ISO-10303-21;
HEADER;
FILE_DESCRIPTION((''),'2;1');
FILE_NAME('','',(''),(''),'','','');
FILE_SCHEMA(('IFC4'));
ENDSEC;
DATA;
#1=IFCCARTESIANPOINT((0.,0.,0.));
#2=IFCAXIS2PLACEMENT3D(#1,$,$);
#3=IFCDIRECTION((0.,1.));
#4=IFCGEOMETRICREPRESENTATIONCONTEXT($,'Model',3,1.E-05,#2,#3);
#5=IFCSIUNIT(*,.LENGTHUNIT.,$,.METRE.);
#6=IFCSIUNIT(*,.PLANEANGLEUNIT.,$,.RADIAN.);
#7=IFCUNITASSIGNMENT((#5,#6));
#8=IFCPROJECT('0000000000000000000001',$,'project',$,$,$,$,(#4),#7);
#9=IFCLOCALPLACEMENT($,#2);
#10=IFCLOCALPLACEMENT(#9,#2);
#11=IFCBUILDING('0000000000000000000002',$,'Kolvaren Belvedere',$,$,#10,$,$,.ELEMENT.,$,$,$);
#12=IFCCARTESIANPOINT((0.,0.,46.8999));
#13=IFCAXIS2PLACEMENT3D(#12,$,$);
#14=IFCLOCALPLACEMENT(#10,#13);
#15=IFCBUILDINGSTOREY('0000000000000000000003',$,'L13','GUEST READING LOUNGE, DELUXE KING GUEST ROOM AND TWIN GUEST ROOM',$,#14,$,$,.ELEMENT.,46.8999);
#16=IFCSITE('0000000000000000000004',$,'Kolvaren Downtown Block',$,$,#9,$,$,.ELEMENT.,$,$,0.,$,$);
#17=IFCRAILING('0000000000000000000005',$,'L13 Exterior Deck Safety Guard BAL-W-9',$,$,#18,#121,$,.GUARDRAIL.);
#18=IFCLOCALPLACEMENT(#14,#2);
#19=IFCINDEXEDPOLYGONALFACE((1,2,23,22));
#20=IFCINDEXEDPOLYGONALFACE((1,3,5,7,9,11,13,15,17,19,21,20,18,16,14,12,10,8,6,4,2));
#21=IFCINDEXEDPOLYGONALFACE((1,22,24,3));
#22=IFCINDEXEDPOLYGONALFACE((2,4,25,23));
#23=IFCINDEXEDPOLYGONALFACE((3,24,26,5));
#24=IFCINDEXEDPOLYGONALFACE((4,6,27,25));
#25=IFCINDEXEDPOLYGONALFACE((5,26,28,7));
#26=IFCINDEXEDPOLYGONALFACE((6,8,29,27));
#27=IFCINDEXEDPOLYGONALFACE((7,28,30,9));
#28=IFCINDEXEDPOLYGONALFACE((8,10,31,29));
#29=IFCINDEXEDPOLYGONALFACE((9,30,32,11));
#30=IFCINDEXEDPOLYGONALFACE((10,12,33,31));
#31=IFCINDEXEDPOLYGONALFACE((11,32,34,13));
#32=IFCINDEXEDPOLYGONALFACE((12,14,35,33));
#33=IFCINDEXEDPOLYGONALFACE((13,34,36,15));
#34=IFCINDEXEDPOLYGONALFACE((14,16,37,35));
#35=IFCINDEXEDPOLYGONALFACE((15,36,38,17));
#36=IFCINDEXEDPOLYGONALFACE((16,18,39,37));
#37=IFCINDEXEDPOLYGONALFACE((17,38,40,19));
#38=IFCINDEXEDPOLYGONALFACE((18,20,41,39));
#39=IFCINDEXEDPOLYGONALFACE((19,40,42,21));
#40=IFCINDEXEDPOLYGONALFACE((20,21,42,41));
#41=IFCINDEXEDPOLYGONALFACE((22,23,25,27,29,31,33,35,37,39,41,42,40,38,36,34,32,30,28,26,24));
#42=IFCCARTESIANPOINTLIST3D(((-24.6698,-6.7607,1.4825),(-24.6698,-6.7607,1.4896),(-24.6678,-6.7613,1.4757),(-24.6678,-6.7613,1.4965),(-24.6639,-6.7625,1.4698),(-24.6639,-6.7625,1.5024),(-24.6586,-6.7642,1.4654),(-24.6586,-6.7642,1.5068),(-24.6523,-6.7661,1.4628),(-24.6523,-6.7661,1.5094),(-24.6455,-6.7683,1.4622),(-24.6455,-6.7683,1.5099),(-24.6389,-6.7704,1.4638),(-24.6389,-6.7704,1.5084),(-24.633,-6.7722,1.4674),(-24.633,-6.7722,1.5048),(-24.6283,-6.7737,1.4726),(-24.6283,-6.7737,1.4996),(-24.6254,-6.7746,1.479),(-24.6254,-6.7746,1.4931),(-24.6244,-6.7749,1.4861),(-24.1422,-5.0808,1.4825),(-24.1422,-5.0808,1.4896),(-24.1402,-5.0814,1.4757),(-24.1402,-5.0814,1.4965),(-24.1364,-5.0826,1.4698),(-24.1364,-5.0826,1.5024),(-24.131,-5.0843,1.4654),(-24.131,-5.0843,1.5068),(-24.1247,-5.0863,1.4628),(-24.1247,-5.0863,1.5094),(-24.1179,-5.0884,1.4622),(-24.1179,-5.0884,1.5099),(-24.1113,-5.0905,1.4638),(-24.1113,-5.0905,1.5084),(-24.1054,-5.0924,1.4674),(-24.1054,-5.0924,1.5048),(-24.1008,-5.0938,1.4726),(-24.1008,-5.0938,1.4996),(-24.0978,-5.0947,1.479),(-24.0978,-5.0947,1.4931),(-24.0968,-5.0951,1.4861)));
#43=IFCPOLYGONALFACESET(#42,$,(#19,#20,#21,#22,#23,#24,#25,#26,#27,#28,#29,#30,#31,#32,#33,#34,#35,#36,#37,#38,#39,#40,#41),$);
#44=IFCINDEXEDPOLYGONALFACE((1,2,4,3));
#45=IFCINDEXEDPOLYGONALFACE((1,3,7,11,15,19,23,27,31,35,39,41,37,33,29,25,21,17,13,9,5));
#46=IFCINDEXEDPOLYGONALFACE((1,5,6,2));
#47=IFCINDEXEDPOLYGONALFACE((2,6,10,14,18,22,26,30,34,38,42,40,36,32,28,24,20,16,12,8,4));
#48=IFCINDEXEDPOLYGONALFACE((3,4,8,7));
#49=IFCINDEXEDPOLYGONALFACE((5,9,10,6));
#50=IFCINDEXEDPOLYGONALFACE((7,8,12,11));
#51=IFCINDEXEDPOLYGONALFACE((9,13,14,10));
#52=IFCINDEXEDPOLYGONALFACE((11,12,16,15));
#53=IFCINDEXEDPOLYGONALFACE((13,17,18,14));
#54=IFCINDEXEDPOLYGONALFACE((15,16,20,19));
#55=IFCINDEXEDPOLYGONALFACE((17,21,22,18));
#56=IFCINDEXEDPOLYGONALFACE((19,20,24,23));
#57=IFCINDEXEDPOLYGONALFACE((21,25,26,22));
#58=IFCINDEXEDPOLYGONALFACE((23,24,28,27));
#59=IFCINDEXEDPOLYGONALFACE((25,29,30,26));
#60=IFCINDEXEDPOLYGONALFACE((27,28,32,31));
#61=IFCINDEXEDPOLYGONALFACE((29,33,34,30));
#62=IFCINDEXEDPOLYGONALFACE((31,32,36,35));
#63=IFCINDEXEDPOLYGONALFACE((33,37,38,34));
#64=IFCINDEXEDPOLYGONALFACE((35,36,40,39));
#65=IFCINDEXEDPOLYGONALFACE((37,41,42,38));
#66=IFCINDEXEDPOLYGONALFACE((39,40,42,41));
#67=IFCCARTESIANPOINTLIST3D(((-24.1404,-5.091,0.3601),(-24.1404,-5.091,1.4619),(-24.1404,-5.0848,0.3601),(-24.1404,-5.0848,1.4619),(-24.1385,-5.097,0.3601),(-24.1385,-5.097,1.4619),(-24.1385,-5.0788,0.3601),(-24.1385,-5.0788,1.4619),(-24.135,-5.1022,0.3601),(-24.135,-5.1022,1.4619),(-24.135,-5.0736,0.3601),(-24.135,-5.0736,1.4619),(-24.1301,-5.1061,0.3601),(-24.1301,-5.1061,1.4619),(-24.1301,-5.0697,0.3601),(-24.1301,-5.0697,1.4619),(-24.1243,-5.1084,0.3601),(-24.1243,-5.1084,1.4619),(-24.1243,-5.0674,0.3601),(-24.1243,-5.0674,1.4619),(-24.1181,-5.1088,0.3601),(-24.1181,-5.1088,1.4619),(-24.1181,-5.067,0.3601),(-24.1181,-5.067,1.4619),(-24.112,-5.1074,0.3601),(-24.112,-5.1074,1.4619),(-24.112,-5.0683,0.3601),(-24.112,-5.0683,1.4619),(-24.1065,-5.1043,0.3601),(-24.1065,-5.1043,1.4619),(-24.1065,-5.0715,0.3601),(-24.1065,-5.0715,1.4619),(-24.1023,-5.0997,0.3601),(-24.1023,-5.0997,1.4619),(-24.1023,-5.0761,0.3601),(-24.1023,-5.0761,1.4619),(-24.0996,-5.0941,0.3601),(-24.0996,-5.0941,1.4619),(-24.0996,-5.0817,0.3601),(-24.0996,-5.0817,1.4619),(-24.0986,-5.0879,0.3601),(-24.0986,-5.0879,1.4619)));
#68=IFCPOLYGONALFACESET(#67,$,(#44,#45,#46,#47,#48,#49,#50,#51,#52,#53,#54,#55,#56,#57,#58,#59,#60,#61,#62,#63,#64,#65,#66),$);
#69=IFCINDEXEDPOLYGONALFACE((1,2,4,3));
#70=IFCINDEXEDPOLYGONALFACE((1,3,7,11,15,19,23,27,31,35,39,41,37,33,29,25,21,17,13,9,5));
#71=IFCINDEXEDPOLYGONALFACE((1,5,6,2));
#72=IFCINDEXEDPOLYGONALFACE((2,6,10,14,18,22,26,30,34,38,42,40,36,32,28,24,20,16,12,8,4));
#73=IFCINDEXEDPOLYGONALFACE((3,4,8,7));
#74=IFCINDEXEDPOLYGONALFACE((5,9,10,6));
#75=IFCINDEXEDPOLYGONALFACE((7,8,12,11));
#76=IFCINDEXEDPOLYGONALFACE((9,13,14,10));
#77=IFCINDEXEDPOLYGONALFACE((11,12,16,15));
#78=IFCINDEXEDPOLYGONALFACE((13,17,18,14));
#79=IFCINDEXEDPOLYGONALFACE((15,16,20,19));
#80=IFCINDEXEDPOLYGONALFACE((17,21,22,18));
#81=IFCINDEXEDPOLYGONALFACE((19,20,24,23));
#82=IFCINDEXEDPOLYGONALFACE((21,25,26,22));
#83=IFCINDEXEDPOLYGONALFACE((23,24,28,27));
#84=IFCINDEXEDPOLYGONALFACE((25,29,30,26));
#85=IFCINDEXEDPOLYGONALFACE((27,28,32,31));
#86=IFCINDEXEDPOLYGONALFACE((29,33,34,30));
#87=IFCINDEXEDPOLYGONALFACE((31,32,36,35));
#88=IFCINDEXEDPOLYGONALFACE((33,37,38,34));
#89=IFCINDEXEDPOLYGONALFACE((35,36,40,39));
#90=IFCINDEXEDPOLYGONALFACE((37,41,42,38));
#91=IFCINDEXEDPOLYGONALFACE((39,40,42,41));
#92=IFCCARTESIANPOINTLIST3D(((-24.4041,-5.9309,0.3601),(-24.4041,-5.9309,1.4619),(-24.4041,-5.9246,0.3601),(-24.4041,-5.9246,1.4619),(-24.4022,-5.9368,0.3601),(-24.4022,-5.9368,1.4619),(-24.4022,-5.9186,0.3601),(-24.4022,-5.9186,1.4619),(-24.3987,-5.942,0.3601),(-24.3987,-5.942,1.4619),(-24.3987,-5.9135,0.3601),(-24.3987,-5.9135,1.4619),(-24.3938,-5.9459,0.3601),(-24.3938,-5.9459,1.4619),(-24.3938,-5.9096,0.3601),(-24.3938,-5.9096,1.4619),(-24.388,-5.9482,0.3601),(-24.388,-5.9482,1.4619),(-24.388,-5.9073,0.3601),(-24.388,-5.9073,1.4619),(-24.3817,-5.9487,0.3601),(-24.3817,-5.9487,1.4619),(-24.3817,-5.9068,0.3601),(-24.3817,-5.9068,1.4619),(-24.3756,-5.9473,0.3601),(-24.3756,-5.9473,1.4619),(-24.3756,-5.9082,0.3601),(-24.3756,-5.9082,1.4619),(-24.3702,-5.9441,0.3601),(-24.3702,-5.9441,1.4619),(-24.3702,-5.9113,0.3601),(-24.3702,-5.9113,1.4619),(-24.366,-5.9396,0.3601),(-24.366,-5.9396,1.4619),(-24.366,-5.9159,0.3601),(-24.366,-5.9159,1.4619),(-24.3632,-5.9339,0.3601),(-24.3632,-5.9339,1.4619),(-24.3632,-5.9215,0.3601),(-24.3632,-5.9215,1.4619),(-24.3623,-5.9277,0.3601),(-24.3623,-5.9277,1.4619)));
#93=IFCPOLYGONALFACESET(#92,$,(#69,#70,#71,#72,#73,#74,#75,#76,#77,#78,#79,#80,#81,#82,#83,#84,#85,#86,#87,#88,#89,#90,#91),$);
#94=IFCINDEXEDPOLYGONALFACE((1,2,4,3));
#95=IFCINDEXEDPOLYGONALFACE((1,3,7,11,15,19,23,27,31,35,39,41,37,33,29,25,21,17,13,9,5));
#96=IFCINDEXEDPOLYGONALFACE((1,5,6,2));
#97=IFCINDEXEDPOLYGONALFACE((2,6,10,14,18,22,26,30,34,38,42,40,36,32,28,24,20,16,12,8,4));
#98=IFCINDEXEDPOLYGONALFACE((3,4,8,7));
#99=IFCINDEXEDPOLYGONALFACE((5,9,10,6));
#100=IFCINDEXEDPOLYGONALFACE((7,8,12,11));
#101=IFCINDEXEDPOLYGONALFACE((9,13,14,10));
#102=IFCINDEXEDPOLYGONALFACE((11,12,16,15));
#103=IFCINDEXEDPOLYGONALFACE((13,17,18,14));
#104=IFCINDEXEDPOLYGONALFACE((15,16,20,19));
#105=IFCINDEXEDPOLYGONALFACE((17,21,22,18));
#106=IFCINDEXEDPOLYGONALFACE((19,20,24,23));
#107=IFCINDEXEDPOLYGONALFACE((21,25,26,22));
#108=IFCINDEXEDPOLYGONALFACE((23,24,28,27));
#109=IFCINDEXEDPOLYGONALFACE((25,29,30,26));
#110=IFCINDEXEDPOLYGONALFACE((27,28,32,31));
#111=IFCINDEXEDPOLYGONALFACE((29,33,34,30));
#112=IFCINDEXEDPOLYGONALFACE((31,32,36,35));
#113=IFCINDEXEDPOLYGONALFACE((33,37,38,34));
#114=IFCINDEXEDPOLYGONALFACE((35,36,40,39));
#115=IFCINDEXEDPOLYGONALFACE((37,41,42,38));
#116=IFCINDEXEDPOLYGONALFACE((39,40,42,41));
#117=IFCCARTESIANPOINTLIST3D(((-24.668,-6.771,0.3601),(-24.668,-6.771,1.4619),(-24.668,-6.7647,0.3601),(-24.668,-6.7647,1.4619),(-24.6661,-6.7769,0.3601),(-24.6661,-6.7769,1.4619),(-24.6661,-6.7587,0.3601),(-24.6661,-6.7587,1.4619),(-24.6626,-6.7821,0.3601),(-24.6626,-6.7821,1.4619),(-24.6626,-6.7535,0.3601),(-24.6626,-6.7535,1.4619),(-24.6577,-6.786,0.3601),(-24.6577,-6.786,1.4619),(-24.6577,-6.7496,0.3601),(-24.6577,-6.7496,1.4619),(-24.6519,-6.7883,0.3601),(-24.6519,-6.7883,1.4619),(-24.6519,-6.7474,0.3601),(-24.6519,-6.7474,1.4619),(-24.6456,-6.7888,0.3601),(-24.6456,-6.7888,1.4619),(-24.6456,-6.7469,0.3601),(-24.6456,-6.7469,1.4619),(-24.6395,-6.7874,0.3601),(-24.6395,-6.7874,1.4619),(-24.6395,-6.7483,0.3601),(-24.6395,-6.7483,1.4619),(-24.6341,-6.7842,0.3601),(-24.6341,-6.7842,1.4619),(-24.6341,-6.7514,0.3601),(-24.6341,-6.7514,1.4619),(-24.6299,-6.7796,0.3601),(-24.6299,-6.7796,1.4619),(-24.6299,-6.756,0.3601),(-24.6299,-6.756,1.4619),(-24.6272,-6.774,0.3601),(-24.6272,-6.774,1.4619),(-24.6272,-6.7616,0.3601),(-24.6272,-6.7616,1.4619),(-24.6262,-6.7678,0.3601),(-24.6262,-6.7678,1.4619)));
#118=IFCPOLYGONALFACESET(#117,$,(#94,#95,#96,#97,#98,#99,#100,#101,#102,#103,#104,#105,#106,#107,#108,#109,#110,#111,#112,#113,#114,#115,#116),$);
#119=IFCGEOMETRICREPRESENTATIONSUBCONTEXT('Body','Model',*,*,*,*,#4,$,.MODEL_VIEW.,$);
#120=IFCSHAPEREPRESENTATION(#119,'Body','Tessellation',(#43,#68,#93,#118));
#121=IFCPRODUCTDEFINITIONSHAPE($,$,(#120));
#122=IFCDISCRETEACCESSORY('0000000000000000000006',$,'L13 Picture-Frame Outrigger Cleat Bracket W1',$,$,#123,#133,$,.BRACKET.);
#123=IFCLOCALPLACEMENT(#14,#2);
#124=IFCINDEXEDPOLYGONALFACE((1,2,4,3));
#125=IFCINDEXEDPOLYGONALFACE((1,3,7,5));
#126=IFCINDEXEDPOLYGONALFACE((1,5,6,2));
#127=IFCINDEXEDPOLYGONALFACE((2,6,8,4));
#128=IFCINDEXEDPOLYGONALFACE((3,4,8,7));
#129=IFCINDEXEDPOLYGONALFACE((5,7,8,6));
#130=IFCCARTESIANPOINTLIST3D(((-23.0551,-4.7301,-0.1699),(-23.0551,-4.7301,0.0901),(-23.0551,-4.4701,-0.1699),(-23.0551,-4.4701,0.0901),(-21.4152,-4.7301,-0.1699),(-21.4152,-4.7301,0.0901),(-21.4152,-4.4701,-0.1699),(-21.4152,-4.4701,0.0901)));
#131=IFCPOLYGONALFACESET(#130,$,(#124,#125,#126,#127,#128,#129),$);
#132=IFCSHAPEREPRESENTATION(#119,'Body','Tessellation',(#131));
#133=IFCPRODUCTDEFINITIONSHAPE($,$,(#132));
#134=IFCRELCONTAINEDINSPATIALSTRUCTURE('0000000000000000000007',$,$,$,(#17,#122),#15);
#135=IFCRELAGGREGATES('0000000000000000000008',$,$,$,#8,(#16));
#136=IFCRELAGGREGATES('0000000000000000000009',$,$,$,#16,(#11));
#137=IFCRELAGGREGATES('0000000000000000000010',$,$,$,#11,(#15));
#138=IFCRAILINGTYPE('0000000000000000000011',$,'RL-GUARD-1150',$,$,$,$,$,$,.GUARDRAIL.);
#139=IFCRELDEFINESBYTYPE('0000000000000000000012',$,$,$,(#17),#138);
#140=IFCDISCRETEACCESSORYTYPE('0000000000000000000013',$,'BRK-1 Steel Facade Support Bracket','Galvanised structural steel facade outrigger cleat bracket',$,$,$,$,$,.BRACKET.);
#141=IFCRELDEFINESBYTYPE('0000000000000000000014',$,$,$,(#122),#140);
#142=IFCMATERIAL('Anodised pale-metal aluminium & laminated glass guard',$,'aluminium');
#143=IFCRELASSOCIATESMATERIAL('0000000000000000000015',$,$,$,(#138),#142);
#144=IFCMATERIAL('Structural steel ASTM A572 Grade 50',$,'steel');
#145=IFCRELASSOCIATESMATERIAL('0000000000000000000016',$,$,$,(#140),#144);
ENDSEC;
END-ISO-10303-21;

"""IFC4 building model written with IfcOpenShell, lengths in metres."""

from ifc_helpers import new_model, si_unit, direction, frame, origin, origin_2d, place, context, subcontext, project, spatial, rectangle, circle, extrude, material, type_object, element, save


model = new_model("IFC4")

# Units and contexts
model_context = context("Model", 3, precision=1e-05, world=origin(), true_north=direction((0.0, 1.0)))
body_context = subcontext(model_context, "Body", "Model", "MODEL_VIEW")
ifc_project = project(units=[si_unit("LENGTHUNIT", "METRE"), si_unit("PLANEANGLEUNIT", "RADIAN")], contexts=[model_context])

# Site, building, storey
site_placement = place(None, origin())
site = spatial("IfcSite", under=ifc_project, at=site_placement, Name="Kolvaren Downtown Block", CompositionType="ELEMENT", RefElevation=0.0)
building_placement = place(site_placement, origin())
building = spatial("IfcBuilding", under=site, at=building_placement, Name="Kolvaren Belvedere", CompositionType="ELEMENT")
storey_placement = place(building_placement, frame((0.0, 0.0, 46.8999)))
storey = spatial("IfcBuildingStorey", under=building, at=storey_placement, Name="L13", Description="GUEST READING LOUNGE, DELUXE KING GUEST ROOM AND TWIN GUEST ROOM", CompositionType="ELEMENT", Elevation=46.8999)

# Railing
ifc_material_1 = material(Name="Anodised pale-metal aluminium & laminated glass guard", Category="aluminium")
railing_type = type_object("IfcRailingType", Name="RL-GUARD-1150", PredefinedType="GUARDRAIL", material=ifc_material_1)
railing_1_placement = place(storey_placement, frame((-24.1196, -5.0879, 0.3601)))
element("IfcRailing", 1, at=railing_1_placement, inside=storey, type_object=railing_type, Name="L13 Exterior Deck Safety Guard BAL-W-9", PredefinedType="GUARDRAIL", context=body_context, shape_type="SweptSolid", body=[
    extrude(circle(Radius=0.0239, at=origin_2d()), frame((0.0, 0.0, 1.126), z_axis=(-0.299625, -0.954057, 0.0), x_axis=(0.954057, -0.299625, 0.0)), (0.0, 0.0, 1.0), 1.7607),
    extrude(circle(Radius=0.021, at=origin_2d()), origin(), (0.0, 0.0, 1.0), 1.1018),
    extrude(circle(Radius=0.021, at=origin_2d()), frame((-0.2637, -0.8398, 0.0)), (0.0, 0.0, 1.0), 1.1018),
    extrude(circle(Radius=0.021, at=origin_2d()), frame((-0.5276, -1.6799, 0.0)), (0.0, 0.0, 1.0), 1.1018),
])

# Discrete accessory
ifc_material_2 = material(Name="Structural steel ASTM A572 Grade 50", Category="steel")
discrete_accessory_type = type_object("IfcDiscreteAccessoryType", Name="BRK-1 Steel Facade Support Bracket", Description="Galvanised structural steel facade outrigger cleat bracket", PredefinedType="BRACKET", material=ifc_material_2)
discrete_accessory_placement = place(storey_placement, frame((-22.2351, -4.6001, -0.1699), z_axis=(0.0, 0.0, 1.0), x_axis=(1.0, 0.0, 0.0)))
element("IfcDiscreteAccessory", 2, at=discrete_accessory_placement, inside=storey, type_object=discrete_accessory_type, Name="L13 Picture-Frame Outrigger Cleat Bracket W1", PredefinedType="BRACKET", context=body_context, shape_type="SweptSolid", body=[
    extrude(rectangle(XDim=1.6399, YDim=0.26, at=origin_2d()), origin(), (0.0, 0.0, 1.0), 0.26),
])

save(model, "model.ifc")
